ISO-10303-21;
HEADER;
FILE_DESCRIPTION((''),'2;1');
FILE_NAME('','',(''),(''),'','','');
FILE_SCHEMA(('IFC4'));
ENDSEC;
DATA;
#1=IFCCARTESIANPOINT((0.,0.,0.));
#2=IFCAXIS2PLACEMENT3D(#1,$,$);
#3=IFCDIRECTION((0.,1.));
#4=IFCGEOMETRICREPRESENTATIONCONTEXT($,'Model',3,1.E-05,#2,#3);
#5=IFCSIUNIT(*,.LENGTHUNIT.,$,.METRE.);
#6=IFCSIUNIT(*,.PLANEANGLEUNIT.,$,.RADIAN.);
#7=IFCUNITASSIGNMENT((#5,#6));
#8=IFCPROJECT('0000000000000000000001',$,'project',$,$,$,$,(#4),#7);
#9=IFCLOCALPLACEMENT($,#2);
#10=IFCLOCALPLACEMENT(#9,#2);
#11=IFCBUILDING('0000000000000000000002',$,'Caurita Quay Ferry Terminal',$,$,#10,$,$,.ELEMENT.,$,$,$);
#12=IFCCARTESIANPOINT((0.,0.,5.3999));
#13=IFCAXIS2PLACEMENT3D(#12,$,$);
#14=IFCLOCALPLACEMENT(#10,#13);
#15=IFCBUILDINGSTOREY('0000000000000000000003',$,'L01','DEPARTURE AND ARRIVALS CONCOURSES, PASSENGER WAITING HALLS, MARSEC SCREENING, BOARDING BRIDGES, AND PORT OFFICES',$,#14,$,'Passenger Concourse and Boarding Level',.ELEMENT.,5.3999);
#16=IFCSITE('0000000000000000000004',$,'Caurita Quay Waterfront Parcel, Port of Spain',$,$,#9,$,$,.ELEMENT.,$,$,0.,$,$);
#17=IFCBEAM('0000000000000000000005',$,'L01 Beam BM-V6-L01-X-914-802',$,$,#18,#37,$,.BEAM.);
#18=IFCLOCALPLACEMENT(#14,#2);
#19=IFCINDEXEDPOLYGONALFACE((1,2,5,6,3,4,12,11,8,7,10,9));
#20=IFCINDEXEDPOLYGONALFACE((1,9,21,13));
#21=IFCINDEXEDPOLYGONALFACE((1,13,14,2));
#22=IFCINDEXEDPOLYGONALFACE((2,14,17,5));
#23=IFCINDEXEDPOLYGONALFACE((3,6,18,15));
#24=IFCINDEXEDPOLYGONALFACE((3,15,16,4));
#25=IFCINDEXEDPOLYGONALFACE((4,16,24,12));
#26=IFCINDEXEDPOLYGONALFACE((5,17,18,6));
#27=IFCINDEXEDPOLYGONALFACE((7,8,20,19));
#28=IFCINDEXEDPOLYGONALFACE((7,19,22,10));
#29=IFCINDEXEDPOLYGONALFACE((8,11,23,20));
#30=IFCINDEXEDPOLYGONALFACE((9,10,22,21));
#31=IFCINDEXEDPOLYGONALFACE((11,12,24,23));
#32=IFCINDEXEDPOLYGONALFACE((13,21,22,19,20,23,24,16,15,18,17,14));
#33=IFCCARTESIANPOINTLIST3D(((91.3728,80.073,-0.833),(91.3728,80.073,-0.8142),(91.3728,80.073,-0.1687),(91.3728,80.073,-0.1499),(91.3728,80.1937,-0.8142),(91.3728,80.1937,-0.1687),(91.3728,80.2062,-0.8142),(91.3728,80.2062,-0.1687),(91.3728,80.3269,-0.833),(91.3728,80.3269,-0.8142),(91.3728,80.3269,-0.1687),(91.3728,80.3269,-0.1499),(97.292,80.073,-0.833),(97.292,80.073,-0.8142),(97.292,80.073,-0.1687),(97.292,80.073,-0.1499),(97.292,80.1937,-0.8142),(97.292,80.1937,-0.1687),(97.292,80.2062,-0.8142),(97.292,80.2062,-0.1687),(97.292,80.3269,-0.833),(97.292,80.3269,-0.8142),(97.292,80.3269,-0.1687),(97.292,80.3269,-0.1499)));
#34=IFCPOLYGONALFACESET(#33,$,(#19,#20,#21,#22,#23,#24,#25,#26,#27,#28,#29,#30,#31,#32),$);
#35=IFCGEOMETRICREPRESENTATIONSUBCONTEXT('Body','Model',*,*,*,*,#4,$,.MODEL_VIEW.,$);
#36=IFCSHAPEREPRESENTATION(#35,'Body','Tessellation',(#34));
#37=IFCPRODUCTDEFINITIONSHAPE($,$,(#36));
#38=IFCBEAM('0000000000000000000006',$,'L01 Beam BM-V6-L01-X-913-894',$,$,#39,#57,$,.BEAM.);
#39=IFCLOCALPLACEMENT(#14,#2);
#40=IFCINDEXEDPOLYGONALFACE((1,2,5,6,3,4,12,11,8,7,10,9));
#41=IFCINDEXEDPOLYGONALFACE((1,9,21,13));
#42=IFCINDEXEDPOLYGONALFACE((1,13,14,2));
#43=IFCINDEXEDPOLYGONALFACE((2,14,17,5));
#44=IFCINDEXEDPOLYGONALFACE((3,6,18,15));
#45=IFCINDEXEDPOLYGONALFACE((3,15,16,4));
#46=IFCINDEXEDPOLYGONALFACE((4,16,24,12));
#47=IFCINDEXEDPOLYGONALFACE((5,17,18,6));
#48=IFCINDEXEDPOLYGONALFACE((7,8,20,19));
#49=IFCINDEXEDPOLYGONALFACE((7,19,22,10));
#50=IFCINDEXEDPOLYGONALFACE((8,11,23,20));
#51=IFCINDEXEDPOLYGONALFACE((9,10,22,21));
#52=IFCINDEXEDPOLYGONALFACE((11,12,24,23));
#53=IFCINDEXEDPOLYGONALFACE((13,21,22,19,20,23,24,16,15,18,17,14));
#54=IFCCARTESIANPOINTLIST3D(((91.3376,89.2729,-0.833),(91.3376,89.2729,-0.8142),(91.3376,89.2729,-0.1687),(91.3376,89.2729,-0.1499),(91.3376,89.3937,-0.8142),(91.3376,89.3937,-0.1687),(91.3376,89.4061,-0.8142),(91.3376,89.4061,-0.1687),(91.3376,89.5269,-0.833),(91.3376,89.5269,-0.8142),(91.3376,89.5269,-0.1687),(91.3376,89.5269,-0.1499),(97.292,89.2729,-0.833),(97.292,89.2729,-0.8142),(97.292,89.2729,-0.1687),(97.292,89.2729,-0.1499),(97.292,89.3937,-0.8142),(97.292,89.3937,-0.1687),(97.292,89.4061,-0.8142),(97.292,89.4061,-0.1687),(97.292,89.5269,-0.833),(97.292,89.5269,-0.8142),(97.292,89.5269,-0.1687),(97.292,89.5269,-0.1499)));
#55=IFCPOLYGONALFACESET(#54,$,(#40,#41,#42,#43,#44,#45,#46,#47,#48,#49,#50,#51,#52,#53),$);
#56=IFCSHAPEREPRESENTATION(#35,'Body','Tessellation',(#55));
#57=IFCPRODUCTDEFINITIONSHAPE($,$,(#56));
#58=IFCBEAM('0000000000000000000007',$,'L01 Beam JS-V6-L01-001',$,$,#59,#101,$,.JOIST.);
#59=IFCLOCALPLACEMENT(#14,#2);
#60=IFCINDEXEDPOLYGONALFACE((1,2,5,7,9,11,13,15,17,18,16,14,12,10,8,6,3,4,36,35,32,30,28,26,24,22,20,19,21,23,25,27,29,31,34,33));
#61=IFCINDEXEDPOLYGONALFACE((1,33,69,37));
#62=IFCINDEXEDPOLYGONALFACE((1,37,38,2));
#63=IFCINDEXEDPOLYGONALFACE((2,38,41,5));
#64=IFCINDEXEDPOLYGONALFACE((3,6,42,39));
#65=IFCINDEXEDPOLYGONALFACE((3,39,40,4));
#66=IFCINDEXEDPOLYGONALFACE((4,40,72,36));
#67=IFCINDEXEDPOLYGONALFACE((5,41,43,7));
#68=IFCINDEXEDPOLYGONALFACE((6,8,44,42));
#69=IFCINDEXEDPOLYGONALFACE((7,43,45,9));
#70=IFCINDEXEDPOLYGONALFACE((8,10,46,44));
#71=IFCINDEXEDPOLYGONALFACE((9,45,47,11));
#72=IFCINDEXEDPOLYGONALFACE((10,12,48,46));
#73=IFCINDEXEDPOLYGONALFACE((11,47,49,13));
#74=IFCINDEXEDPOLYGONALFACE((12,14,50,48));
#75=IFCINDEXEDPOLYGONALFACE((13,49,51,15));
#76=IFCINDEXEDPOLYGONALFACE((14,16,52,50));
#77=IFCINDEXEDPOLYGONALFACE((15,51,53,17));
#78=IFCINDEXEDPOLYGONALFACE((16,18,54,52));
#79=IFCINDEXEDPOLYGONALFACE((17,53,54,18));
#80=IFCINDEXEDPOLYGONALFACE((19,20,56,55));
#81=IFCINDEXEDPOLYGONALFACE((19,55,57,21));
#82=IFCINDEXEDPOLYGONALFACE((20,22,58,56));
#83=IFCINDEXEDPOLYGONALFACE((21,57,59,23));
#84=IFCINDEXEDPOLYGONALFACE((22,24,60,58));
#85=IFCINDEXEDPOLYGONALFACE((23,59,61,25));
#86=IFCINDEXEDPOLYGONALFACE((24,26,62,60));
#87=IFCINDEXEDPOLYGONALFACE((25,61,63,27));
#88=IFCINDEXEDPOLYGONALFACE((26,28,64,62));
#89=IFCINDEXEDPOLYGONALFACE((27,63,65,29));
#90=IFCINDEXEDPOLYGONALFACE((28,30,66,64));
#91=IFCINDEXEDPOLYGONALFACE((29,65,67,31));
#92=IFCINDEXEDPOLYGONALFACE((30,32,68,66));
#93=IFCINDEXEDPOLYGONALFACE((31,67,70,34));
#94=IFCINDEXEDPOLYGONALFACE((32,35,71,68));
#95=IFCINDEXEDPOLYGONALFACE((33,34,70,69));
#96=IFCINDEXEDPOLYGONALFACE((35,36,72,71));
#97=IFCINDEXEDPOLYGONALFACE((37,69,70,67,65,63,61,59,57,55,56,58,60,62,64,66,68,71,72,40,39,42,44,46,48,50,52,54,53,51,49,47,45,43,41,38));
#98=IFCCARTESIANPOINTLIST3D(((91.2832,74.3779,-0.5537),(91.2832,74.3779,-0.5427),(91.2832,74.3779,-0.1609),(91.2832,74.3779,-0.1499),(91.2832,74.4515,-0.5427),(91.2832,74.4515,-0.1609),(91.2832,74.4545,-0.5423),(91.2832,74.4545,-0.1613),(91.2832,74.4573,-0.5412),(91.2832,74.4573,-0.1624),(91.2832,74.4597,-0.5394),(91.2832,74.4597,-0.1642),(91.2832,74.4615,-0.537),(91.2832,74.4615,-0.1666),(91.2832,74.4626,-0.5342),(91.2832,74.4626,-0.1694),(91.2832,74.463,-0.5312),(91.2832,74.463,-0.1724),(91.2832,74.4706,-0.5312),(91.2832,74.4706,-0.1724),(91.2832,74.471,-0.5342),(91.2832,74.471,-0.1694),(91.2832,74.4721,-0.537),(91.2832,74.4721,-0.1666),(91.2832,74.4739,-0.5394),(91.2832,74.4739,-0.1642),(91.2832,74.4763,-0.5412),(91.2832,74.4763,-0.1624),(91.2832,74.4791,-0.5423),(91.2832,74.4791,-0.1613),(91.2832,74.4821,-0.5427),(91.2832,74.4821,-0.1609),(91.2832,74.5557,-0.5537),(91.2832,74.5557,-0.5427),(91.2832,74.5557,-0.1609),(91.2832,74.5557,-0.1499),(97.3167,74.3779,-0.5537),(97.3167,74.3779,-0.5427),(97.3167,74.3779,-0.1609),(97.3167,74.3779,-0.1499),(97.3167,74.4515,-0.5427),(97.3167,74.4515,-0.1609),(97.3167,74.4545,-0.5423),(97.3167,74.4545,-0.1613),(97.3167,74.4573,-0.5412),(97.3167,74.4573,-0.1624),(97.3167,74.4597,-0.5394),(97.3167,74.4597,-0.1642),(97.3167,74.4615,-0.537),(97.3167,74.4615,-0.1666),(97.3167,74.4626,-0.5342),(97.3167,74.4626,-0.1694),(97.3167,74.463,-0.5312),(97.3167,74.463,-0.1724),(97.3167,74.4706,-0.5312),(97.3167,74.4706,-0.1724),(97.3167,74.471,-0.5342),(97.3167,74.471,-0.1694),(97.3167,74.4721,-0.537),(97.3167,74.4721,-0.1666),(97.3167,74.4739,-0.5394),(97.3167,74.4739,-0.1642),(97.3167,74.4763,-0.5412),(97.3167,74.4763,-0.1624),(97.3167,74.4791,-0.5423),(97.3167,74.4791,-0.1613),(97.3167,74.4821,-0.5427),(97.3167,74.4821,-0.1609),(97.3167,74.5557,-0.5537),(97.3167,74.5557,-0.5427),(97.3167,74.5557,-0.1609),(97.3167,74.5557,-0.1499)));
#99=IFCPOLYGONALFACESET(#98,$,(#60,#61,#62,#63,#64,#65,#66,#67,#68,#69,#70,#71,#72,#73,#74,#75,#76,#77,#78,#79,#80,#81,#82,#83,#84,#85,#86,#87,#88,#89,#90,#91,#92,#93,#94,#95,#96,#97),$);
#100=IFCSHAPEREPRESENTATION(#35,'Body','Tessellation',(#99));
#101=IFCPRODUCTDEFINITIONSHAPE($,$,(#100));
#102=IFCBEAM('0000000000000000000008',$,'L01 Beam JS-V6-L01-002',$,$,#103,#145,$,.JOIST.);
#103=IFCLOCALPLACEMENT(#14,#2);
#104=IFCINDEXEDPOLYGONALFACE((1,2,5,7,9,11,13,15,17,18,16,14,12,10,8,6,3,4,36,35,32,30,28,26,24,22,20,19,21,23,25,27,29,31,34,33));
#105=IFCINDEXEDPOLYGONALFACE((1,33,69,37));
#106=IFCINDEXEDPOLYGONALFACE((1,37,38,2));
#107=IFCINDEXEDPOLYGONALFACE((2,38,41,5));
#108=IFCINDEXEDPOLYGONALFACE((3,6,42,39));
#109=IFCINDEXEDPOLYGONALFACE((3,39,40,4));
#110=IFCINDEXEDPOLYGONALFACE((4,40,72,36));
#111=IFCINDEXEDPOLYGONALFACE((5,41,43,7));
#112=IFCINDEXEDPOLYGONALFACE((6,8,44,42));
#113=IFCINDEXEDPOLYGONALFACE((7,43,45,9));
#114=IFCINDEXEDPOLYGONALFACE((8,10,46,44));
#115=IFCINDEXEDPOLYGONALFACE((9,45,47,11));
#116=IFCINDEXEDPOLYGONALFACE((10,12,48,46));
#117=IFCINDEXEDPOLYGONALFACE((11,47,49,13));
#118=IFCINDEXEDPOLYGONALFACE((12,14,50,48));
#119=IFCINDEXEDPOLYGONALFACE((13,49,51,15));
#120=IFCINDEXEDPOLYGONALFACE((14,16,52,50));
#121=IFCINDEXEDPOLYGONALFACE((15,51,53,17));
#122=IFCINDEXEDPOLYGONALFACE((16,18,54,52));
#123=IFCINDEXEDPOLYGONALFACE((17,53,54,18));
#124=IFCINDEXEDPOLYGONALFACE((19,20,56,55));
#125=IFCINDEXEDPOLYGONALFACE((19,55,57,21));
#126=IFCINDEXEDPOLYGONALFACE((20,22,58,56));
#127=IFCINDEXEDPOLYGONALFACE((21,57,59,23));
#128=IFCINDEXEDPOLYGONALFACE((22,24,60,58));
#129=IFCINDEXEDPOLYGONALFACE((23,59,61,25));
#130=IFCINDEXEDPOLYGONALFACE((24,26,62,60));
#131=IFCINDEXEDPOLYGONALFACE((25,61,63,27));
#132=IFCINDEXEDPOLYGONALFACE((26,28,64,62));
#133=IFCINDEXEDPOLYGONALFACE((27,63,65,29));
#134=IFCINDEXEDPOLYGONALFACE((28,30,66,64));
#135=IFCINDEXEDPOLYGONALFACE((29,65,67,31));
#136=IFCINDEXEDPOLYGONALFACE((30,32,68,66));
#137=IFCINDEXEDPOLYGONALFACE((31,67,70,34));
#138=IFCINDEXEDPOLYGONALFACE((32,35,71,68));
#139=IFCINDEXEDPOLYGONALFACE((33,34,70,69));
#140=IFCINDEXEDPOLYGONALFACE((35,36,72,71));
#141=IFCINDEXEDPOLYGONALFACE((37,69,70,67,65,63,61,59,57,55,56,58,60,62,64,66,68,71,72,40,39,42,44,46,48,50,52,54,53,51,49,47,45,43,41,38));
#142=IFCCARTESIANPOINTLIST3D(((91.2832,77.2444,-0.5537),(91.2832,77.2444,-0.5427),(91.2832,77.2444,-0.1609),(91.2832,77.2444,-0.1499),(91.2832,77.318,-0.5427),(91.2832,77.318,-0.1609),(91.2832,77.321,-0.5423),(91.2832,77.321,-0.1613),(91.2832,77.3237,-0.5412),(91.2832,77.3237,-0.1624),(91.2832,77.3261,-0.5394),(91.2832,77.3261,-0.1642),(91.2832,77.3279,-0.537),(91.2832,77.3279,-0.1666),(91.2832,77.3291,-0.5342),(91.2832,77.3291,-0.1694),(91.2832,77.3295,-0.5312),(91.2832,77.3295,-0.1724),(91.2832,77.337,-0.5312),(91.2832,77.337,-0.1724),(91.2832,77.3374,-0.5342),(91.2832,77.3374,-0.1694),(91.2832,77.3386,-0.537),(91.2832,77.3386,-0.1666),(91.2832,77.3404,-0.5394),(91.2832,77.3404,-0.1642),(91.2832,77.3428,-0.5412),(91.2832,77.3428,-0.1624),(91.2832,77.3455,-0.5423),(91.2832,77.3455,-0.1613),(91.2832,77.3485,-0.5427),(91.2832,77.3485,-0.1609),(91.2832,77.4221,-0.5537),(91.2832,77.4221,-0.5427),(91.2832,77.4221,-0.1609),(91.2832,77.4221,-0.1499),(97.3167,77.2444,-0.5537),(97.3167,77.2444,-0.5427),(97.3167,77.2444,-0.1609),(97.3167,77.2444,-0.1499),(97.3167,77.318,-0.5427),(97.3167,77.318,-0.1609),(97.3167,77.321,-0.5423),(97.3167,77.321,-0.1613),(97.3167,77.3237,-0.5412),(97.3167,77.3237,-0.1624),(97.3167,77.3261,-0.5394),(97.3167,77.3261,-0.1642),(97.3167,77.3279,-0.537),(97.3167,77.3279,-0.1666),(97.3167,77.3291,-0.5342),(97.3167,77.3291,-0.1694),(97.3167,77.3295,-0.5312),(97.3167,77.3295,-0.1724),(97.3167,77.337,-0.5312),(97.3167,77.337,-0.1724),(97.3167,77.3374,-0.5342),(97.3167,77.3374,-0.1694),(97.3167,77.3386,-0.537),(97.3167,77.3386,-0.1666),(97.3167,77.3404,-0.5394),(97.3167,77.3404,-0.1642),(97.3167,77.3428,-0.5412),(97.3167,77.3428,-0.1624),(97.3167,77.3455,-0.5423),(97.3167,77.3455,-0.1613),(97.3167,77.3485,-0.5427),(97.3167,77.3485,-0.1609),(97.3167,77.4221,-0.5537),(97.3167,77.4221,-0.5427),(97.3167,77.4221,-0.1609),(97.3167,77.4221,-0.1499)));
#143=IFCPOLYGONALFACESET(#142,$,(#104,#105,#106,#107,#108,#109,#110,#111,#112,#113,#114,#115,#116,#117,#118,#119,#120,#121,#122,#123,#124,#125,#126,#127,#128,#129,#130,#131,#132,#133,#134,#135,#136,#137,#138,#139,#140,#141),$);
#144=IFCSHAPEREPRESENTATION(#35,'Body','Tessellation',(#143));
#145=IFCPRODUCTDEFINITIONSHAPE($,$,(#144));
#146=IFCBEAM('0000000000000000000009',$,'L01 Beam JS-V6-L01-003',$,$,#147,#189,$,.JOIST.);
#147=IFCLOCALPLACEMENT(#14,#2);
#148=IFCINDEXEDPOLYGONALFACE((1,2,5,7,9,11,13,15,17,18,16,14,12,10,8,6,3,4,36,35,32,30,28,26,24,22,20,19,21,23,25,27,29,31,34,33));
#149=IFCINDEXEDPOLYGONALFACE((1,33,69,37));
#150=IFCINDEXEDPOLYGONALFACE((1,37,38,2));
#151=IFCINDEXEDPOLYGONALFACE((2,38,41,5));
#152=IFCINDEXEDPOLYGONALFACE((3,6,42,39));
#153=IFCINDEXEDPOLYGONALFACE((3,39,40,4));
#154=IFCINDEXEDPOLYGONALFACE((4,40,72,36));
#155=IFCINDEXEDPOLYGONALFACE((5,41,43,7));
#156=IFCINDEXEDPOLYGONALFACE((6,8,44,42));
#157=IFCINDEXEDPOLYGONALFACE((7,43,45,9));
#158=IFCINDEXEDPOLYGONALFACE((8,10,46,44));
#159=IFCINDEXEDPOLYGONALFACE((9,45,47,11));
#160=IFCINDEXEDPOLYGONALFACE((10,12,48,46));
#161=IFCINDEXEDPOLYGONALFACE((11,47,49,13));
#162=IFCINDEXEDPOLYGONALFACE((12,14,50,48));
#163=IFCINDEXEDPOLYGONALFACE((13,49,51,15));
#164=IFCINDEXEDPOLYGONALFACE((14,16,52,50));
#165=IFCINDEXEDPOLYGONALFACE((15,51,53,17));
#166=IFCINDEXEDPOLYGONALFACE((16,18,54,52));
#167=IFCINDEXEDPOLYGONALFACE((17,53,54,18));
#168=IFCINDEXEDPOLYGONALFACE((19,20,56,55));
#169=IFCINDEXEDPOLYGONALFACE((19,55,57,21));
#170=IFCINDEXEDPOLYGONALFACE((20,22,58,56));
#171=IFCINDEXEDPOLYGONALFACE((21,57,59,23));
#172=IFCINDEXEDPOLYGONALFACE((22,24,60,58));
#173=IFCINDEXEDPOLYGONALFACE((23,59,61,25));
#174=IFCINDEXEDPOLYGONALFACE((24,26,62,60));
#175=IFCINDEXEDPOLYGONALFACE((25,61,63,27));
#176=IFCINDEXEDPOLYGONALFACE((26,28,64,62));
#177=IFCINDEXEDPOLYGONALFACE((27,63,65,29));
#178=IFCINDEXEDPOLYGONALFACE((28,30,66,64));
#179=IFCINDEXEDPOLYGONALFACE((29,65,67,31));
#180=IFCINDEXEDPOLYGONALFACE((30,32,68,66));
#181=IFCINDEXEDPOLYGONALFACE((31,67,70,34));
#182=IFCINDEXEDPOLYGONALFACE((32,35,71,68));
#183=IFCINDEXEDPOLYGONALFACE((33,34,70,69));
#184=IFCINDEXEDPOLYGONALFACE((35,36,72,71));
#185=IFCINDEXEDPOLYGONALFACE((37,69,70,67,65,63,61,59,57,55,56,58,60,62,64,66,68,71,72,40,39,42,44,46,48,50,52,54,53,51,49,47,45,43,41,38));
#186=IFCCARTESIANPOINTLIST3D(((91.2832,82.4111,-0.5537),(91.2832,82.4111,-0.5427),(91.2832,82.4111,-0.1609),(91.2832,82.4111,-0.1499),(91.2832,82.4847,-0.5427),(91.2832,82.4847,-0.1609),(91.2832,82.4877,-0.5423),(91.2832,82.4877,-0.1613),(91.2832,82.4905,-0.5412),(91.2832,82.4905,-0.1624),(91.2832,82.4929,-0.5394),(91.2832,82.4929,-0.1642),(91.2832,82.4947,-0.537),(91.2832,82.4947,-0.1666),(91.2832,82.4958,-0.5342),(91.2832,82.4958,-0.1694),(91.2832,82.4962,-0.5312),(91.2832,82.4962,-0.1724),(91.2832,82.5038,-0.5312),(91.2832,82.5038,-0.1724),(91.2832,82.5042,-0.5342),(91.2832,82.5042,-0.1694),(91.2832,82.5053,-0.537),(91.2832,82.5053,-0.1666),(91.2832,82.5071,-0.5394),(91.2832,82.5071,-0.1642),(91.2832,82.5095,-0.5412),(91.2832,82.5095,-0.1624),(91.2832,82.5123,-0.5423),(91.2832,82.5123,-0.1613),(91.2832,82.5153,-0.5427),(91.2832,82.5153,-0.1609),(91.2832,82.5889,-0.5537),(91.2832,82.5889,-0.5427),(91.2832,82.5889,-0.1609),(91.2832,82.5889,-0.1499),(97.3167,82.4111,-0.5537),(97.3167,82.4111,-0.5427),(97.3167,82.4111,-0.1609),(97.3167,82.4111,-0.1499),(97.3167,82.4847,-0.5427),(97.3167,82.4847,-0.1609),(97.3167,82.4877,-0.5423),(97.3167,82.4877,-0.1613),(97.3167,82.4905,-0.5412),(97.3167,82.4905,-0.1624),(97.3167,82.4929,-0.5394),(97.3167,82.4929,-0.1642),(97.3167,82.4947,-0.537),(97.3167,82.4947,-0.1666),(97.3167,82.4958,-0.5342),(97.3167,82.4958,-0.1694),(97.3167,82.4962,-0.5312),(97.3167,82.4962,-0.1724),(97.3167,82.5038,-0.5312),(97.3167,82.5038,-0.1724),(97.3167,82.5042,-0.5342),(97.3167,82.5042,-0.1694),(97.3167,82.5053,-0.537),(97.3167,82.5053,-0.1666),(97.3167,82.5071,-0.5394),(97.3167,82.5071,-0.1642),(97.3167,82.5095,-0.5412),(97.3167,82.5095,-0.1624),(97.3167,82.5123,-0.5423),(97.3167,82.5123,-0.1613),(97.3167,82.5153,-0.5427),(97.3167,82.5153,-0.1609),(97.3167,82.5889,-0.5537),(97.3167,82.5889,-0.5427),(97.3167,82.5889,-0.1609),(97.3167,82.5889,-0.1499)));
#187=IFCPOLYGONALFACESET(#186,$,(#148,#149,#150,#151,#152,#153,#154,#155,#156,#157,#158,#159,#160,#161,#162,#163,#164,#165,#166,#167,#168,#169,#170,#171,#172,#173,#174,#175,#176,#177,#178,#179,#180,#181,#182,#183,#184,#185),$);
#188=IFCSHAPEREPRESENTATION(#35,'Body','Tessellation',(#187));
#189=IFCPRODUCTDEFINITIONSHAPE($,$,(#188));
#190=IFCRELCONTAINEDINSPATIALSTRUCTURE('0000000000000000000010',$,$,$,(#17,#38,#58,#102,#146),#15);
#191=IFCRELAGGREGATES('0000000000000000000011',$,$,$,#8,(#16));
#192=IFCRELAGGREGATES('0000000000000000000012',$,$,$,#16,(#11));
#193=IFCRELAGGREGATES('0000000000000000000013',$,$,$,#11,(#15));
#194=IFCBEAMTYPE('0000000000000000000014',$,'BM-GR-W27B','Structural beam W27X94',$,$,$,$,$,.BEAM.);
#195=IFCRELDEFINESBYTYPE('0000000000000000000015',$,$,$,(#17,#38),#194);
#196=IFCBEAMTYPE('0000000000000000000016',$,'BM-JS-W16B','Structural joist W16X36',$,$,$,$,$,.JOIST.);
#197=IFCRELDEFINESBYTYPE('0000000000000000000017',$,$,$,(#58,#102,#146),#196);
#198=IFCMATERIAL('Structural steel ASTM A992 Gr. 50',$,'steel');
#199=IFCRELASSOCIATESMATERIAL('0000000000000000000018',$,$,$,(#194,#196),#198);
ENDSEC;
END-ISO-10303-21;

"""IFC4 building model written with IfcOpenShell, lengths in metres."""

from ifc_helpers import new_model, si_unit, direction, frame, origin, origin_2d, place, context, subcontext, project, spatial, i_section, extrude, material, material_profile, profile_set, type_object, element, save


model = new_model("IFC4")

# Units and contexts
model_context = context("Model", 3, precision=1e-05, world=origin(), true_north=direction((0.0, 1.0)))
body_context = subcontext(model_context, "Body", "Model", "MODEL_VIEW")
ifc_project = project(units=[si_unit("LENGTHUNIT", "METRE"), si_unit("PLANEANGLEUNIT", "RADIAN")], contexts=[model_context])

# Site, building, storey
site_placement = place(None, origin())
site = spatial("IfcSite", under=ifc_project, at=site_placement, Name="Caurita Quay Waterfront Parcel, Port of Spain", CompositionType="ELEMENT", RefElevation=0.0)
building_placement = place(site_placement, origin())
building = spatial("IfcBuilding", under=site, at=building_placement, Name="Caurita Quay Ferry Terminal", CompositionType="ELEMENT")
storey_placement = place(building_placement, frame((0.0, 0.0, 5.3999)))
storey = spatial("IfcBuildingStorey", under=building, at=storey_placement, Name="L01", Description="DEPARTURE AND ARRIVALS CONCOURSES, PASSENGER WAITING HALLS, MARSEC SCREENING, BOARDING BRIDGES, AND PORT OFFICES", LongName="Passenger Concourse and Boarding Level", CompositionType="ELEMENT", Elevation=5.3999)

# Beams
ifc_material_1 = material(Name="Structural steel ASTM A992 Gr. 50", Category="steel")
ifc_material_profile_1 = material_profile(ifc_material_1, i_section(OverallWidth=0.2539, OverallDepth=0.6831, WebThickness=0.0125, FlangeThickness=0.0188, at=origin_2d()), Name="W27X94")
ifc_profile_set_1 = profile_set([ifc_material_profile_1], Name="Structural steel ASTM A992 Gr. 50")
beam_type_1 = type_object("IfcBeamType", Name="BM-GR-W27B", Description="Structural beam W27X94", PredefinedType="BEAM", material=ifc_profile_set_1)
beam_1_placement = place(storey_placement, frame((91.3728, 80.2, -0.4915), z_axis=(1.0, 0.0, 0.0), x_axis=(0.0, 1.0, 0.0)))
element("IfcBeam", 1, at=beam_1_placement, inside=storey, type_object=beam_type_1, Name="L01 Beam BM-V6-L01-X-914-802", PredefinedType="BEAM", context=body_context, shape_type="SweptSolid", body=[
    extrude(i_section(OverallWidth=0.2539, OverallDepth=0.6831, WebThickness=0.0125, FlangeThickness=0.0188, at=origin_2d()), origin(), (0.0, 0.0, 1.0), 5.9192),
])
beam_2_placement = place(storey_placement, frame((91.3376, 89.3999, -0.4915), z_axis=(1.0, 0.0, 0.0), x_axis=(0.0, 1.0, 0.0)))
element("IfcBeam", 2, at=beam_2_placement, inside=storey, type_object=beam_type_1, Name="L01 Beam BM-V6-L01-X-913-894", PredefinedType="BEAM", context=body_context, shape_type="SweptSolid", body=[
    extrude(i_section(OverallWidth=0.2539, OverallDepth=0.6831, WebThickness=0.0125, FlangeThickness=0.0188, at=origin_2d()), origin(), (0.0, 0.0, 1.0), 5.9543),
])
ifc_material_profile_2 = material_profile(ifc_material_1, i_section(OverallWidth=0.1777, OverallDepth=0.4038, WebThickness=0.0076, FlangeThickness=0.011, FilletRadius=0.0115, at=origin_2d()), Name="W16X36")
ifc_profile_set_2 = profile_set([ifc_material_profile_2], Name="Structural steel ASTM A992 Gr. 50")
beam_type_2 = type_object("IfcBeamType", Name="BM-JS-W16B", Description="Structural joist W16X36", PredefinedType="JOIST", material=ifc_profile_set_2)
for number, where, z_axis, x_axis, name in (
    (3, (91.2832, 74.4668, -0.3518), (1.0, 0.0, 0.0), (0.0, 1.0, 0.0), "L01 Beam JS-V6-L01-001"),
    (4, (91.2832, 77.3333, -0.3518), (1.0, 0.0, 0.0), (0.0, 1.0, 0.0), "L01 Beam JS-V6-L01-002"),
    (5, (91.2832, 82.5, -0.3518), (1.0, 0.0, 0.0), (0.0, 1.0, 0.0), "L01 Beam JS-V6-L01-003"),
):
    element("IfcBeam", number, at=place(storey_placement, frame(where, z_axis=z_axis, x_axis=x_axis)), inside=storey, type_object=beam_type_2, Name=name, PredefinedType="JOIST", context=body_context, shape_type="SweptSolid", body=[
        extrude(i_section(OverallWidth=0.1777, OverallDepth=0.4038, WebThickness=0.0076, FlangeThickness=0.011, FilletRadius=0.0115, at=origin_2d()), origin(), (0.0, 0.0, 1.0), 6.0334),
    ])

save(model, "model.ifc")
